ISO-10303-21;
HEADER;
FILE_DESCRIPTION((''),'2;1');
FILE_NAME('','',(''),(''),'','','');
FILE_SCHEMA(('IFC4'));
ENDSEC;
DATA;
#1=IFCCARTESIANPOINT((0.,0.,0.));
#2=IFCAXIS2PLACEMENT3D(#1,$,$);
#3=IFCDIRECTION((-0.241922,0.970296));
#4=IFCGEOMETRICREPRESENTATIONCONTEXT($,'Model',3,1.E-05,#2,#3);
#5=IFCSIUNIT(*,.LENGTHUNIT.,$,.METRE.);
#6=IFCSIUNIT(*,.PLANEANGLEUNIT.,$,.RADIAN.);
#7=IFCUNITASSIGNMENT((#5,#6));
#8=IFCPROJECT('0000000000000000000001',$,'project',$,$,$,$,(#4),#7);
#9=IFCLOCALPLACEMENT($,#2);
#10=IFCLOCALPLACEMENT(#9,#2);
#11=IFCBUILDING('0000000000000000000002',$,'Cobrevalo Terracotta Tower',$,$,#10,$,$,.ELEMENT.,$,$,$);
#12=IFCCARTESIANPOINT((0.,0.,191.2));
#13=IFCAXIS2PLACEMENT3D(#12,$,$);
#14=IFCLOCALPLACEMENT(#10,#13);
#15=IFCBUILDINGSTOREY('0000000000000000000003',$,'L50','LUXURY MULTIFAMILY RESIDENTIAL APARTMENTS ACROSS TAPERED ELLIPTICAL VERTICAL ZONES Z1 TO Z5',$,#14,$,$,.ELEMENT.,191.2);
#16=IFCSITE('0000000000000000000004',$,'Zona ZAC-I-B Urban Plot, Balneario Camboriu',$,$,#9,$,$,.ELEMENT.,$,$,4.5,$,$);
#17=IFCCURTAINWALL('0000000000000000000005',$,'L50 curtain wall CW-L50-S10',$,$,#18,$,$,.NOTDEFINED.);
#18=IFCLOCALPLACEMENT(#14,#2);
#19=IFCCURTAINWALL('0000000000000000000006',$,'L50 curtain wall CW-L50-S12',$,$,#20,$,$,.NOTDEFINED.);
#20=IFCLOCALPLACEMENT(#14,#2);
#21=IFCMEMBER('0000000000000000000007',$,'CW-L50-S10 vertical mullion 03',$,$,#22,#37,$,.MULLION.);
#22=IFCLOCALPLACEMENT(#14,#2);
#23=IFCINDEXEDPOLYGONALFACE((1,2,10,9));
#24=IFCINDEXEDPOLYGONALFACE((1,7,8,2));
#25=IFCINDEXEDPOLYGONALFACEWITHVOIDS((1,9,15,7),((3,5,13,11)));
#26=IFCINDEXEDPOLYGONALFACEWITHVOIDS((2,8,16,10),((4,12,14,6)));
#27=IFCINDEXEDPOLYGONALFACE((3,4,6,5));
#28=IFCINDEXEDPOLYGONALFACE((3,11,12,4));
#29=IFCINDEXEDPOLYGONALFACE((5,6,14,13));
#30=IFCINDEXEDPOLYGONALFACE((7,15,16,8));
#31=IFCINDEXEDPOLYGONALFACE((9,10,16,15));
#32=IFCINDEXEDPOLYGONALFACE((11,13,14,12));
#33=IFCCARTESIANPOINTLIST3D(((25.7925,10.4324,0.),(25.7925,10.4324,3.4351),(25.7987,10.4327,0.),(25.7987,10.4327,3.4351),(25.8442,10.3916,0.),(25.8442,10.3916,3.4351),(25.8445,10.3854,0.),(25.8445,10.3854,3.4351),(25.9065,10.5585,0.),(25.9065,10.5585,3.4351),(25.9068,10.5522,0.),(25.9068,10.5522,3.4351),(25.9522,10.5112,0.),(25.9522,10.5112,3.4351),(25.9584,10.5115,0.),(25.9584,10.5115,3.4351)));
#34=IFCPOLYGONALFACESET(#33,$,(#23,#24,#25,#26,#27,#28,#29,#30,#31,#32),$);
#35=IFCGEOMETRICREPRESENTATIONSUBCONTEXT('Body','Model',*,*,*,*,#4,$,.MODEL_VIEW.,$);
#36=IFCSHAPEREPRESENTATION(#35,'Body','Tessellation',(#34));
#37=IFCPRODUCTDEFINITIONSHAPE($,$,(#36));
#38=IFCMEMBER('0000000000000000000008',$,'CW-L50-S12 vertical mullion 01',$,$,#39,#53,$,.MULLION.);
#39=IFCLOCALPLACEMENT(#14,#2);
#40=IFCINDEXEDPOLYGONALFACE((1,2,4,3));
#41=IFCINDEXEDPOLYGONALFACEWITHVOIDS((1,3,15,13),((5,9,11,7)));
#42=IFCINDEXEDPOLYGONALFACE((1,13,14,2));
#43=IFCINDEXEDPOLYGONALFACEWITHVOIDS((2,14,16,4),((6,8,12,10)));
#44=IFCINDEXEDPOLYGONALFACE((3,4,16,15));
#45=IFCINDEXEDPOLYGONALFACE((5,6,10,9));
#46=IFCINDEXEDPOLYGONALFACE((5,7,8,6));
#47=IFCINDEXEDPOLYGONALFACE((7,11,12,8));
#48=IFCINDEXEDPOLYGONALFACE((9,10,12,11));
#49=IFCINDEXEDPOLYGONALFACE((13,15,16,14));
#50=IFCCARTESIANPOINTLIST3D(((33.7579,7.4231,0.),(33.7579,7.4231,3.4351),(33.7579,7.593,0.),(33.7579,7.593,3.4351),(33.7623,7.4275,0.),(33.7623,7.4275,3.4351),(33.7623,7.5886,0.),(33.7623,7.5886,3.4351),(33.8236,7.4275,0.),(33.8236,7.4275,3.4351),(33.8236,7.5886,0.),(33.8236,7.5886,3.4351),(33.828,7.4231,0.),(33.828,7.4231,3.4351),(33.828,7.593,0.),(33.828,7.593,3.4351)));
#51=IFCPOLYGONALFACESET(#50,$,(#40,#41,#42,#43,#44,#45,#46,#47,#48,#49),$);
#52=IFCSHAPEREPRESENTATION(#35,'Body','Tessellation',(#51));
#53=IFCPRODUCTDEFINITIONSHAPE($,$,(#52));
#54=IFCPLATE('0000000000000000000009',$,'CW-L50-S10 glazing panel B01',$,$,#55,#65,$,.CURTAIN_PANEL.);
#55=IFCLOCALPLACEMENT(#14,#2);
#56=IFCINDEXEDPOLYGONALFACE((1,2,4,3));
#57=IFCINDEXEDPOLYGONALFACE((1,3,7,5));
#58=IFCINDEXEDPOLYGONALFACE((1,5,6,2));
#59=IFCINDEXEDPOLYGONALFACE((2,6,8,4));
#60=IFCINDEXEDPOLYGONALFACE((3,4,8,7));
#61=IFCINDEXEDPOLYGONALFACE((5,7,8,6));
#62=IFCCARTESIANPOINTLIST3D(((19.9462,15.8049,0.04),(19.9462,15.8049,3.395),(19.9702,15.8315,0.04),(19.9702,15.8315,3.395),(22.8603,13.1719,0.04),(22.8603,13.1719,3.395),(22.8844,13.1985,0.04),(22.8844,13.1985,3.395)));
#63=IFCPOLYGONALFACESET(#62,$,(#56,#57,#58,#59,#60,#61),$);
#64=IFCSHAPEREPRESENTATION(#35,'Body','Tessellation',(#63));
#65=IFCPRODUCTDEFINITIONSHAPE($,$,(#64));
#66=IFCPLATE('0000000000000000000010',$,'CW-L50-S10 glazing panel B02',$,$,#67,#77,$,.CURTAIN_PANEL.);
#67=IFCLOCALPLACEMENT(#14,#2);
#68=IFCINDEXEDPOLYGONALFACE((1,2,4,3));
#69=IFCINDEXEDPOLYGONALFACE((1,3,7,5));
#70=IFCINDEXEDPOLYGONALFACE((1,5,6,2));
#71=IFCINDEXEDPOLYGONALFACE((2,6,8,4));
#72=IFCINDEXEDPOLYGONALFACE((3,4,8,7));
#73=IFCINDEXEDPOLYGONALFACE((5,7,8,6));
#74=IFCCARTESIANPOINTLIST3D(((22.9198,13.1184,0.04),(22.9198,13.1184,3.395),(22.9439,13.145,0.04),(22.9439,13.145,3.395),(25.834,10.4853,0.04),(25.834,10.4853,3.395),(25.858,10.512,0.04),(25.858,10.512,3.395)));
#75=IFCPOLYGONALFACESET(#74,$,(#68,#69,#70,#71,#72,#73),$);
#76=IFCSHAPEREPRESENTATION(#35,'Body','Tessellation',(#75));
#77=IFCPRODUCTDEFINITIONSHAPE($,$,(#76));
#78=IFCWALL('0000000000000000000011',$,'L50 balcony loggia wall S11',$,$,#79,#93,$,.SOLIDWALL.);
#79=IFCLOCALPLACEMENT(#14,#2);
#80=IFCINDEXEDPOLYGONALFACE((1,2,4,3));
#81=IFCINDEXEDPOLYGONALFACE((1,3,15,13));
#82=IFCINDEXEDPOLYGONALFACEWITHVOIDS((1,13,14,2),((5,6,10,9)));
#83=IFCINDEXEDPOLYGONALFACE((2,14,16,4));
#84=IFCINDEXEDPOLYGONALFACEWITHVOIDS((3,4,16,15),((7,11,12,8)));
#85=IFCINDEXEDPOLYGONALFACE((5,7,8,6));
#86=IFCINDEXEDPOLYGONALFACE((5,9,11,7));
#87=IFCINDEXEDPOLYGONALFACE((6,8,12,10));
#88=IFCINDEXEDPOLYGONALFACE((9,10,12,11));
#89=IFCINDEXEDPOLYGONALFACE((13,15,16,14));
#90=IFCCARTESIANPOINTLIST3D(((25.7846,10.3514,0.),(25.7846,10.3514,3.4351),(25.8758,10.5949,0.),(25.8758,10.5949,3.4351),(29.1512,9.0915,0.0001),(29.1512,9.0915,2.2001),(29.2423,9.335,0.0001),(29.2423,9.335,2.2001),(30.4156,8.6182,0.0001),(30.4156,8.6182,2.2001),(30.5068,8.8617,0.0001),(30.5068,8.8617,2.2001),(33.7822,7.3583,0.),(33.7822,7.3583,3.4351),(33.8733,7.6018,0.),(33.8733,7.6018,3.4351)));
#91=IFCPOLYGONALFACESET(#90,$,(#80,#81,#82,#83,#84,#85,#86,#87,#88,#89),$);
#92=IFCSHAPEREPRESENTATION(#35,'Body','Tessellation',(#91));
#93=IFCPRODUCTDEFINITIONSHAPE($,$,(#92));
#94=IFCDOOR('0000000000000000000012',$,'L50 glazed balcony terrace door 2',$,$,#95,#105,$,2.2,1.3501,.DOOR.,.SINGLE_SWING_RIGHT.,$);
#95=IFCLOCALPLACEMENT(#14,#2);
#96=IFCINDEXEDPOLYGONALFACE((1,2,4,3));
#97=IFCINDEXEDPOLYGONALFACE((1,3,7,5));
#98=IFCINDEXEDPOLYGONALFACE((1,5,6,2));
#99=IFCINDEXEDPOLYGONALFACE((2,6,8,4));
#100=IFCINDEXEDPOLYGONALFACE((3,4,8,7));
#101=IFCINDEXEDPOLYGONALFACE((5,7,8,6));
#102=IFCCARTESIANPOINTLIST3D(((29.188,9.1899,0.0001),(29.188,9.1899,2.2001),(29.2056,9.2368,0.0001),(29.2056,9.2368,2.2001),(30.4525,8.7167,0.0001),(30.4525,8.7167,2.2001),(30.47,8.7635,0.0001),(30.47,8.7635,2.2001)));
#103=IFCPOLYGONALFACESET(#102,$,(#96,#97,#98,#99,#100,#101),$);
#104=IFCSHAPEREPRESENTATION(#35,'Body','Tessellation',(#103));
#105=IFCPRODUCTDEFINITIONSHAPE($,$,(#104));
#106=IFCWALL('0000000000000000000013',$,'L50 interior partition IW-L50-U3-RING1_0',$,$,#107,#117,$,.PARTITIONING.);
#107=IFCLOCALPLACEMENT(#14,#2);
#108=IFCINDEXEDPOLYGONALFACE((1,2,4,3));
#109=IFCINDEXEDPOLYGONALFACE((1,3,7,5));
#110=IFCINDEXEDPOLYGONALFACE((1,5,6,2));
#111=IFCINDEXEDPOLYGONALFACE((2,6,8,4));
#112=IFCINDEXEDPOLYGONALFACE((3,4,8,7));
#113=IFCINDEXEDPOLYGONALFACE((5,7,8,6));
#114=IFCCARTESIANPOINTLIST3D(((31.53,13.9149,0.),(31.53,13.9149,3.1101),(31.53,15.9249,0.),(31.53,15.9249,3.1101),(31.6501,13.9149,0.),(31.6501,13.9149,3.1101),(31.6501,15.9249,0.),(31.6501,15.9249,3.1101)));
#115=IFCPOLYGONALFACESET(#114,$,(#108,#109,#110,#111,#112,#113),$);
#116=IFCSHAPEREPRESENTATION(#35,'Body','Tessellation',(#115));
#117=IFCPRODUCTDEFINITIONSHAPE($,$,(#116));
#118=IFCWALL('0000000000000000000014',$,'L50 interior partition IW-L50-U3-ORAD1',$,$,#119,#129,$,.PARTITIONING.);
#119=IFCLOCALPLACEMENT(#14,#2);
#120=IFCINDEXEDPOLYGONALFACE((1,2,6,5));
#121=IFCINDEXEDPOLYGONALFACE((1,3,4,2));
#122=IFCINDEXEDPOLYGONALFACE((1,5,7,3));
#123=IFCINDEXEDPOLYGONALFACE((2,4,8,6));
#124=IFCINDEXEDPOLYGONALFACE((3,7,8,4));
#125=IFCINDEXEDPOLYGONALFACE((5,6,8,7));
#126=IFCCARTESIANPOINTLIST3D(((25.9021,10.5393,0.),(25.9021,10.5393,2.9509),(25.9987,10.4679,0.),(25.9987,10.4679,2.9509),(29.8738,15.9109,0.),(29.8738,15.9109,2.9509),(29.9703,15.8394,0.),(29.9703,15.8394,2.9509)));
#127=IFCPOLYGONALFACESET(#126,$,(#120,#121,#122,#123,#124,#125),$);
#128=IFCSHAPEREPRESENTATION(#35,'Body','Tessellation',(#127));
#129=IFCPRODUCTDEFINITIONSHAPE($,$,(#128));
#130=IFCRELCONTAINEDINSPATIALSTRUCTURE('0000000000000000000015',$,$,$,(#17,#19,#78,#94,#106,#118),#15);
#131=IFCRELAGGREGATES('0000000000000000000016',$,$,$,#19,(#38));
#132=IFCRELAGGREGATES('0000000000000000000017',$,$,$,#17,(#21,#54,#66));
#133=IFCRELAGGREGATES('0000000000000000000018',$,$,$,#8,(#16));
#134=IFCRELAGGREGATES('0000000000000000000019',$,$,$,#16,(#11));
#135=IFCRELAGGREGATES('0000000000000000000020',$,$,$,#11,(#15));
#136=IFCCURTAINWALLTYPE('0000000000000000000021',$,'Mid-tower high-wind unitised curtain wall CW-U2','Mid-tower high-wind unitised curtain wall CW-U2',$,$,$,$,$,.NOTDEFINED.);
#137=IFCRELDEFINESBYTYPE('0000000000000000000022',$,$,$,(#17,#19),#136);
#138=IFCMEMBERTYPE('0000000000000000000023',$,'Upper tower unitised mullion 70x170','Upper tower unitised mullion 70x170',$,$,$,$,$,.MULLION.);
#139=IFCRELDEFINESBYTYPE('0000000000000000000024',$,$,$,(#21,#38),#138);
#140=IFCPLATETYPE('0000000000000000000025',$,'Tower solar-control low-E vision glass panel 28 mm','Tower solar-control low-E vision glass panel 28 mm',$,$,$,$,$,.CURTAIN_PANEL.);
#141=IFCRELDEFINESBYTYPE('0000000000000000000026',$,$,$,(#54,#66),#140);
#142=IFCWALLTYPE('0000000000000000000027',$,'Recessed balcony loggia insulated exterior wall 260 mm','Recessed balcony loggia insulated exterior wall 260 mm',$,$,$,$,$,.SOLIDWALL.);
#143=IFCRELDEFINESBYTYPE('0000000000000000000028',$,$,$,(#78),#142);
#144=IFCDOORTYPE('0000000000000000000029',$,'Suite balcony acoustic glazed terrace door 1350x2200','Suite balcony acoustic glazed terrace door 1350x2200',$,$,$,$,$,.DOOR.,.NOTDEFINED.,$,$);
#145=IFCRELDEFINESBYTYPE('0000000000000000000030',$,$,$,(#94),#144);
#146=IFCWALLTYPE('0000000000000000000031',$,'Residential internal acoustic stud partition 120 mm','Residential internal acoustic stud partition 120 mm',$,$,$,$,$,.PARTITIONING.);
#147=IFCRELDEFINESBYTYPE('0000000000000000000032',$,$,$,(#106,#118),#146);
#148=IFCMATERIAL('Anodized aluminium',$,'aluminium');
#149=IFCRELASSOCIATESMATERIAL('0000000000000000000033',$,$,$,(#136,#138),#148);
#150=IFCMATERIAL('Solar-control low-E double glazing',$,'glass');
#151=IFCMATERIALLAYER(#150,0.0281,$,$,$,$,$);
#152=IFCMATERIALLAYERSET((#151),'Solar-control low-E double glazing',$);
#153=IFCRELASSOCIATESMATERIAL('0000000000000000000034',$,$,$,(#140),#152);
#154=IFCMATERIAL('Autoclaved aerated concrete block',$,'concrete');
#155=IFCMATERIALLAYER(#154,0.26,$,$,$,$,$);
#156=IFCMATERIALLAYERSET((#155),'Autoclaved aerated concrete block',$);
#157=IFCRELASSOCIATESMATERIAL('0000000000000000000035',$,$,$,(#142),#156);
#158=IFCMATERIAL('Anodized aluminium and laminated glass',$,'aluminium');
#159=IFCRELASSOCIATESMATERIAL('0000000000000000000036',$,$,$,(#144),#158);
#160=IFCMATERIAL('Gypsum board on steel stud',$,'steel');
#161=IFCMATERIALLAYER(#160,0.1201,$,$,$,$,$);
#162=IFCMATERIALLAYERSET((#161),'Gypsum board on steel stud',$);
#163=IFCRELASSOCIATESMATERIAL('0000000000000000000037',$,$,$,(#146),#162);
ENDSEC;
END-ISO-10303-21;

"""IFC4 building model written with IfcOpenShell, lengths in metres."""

from ifc_helpers import new_model, si_unit, direction, frame, frame_2d, origin, origin_2d, place, context, subcontext, project, spatial, rectangle, hollow_rectangle, extrude, source, transform, mapped, material, layer, layer_set, material_profile, profile_set, type_object, element, fill, aggregate, save


model = new_model("IFC4")

# Units and contexts
model_context = context("Model", 3, precision=1e-05, world=origin(), true_north=direction((-0.241922, 0.970296)))
body_context = subcontext(model_context, "Body", "Model", "MODEL_VIEW")
ifc_project = project(units=[si_unit("LENGTHUNIT", "METRE"), si_unit("PLANEANGLEUNIT", "RADIAN")], contexts=[model_context])

# Site, building, storey
site_placement = place(None, origin())
site = spatial("IfcSite", under=ifc_project, at=site_placement, Name="Zona ZAC-I-B Urban Plot, Balneario Camboriu", CompositionType="ELEMENT", RefElevation=4.5)
building_placement = place(site_placement, origin())
building = spatial("IfcBuilding", under=site, at=building_placement, Name="Cobrevalo Terracotta Tower", CompositionType="ELEMENT")
storey_placement = place(building_placement, frame((0.0, 0.0, 191.2)))
storey = spatial("IfcBuildingStorey", under=building, at=storey_placement, Name="L50", Description="LUXURY MULTIFAMILY RESIDENTIAL APARTMENTS ACROSS TAPERED ELLIPTICAL VERTICAL ZONES Z1 TO Z5", CompositionType="ELEMENT", Elevation=191.2)

# Curtain walls
ifc_material_1 = material(Name="Anodized aluminium", Category="aluminium")
curtain_wall_type = type_object("IfcCurtainWallType", Name="Mid-tower high-wind unitised curtain wall CW-U2", Description="Mid-tower high-wind unitised curtain wall CW-U2", PredefinedType="NOTDEFINED", material=ifc_material_1)
curtain_wall_1_placement = place(storey_placement, origin())
curtain_wall_1 = element("IfcCurtainWall", 1, at=curtain_wall_1_placement, inside=storey, type_object=curtain_wall_type, Name="L50 curtain wall CW-L50-S10", PredefinedType="NOTDEFINED")
curtain_wall_2_placement = place(storey_placement, origin())
curtain_wall_2 = element("IfcCurtainWall", 2, at=curtain_wall_2_placement, inside=storey, type_object=curtain_wall_type, Name="L50 curtain wall CW-L50-S12", PredefinedType="NOTDEFINED")

# Members
ifc_material_profile_1 = material_profile(ifc_material_1, hollow_rectangle(XDim=0.0701, YDim=0.1699, WallThickness=0.0044, at=origin_2d()), Name="CWM 70x170")
ifc_profile_set_1 = profile_set([ifc_material_profile_1], Name="Anodized aluminium")
member_type_1 = type_object("IfcMemberType", Name="Upper tower unitised mullion 70x170", Description="Upper tower unitised mullion 70x170", PredefinedType="MULLION", material=ifc_profile_set_1)
shared_shape_1 = source(origin(), body_context, "Body", "SweptSolid", [
    extrude(hollow_rectangle(XDim=0.0701, YDim=0.1699, WallThickness=0.0044, at=origin_2d()), origin(), (0.0, 0.0, 1.0), 3.4351),
])
member_1_placement = place(storey_placement, frame((25.8755, 10.4719, 0.0), z_axis=(0.0, 0.0, 1.0), x_axis=(0.741988, -0.670414, 0.0)))
member_1 = element("IfcMember", 3, at=member_1_placement, type_object=member_type_1, Name="CW-L50-S10 vertical mullion 03", PredefinedType="MULLION", context=body_context, shape_type="MappedRepresentation", body=[
    mapped(shared_shape_1, transform((0.0, 0.0, 0.0), scale=1.0)),
])
member_2_placement = place(storey_placement, frame((33.793, 7.5081, 0.0), z_axis=(0.0, 0.0, 1.0), x_axis=(1.0, 0.0, 0.0)))
member_2 = element("IfcMember", 4, at=member_2_placement, type_object=member_type_1, Name="CW-L50-S12 vertical mullion 01", PredefinedType="MULLION", context=body_context, shape_type="MappedRepresentation", body=[
    mapped(shared_shape_1, transform((0.0, 0.0, 0.0), scale=1.0)),
])
aggregate(curtain_wall_2, [member_2])

# Plates
ifc_material_2 = material(Name="Solar-control low-E double glazing", Category="glass")
ifc_layer_1 = layer(ifc_material_2, 0.0281)
ifc_layer_set_1 = layer_set([ifc_layer_1], Name="Solar-control low-E double glazing")
plate_type = type_object("IfcPlateType", Name="Tower solar-control low-E vision glass panel 28 mm", Description="Tower solar-control low-E vision glass panel 28 mm", PredefinedType="CURTAIN_PANEL", material=ifc_layer_set_1)
shared_shape_2 = source(origin(), body_context, "Body", "SweptSolid", [
    extrude(rectangle(XDim=3.9275, YDim=0.0359, at=origin_2d()), origin(), (0.0, 0.0, 1.0), 3.355),
])
plate_1_placement = place(storey_placement, frame((21.4153, 14.5017, 0.04), z_axis=(0.0, 0.0, 1.0), x_axis=(0.741988, -0.670414, 0.0)))
plate_1 = element("IfcPlate", 5, at=plate_1_placement, type_object=plate_type, Name="CW-L50-S10 glazing panel B01", PredefinedType="CURTAIN_PANEL", context=body_context, shape_type="MappedRepresentation", body=[
    mapped(shared_shape_2, transform((0.0, 0.0, 0.0), scale=1.0)),
])
plate_2_placement = place(storey_placement, frame((24.3889, 11.8152, 0.04), z_axis=(0.0, 0.0, 1.0), x_axis=(0.741988, -0.670414, 0.0)))
plate_2 = element("IfcPlate", 6, at=plate_2_placement, type_object=plate_type, Name="CW-L50-S10 glazing panel B02", PredefinedType="CURTAIN_PANEL", context=body_context, shape_type="MappedRepresentation", body=[
    mapped(shared_shape_2, transform((0.0, 0.0, 0.0), scale=1.0)),
])
aggregate(curtain_wall_1, [member_1, plate_1, plate_2])

# Wall, opening, door
ifc_material_3 = material(Name="Autoclaved aerated concrete block", Category="concrete")
ifc_layer_2 = layer(ifc_material_3, 0.26)
ifc_layer_set_2 = layer_set([ifc_layer_2], Name="Autoclaved aerated concrete block")
wall_type_1 = type_object("IfcWallType", Name="Recessed balcony loggia insulated exterior wall 260 mm", Description="Recessed balcony loggia insulated exterior wall 260 mm", PredefinedType="SOLIDWALL", material=ifc_layer_set_2)
wall_1_placement = place(storey_placement, frame((25.8303, 10.4731, 0.0), z_axis=(0.0, 0.0, 1.0), x_axis=(0.936557, -0.350516, 0.0)))
wall_1 = element("IfcWall", 7, at=wall_1_placement, inside=storey, type_object=wall_type_1, Name="L50 balcony loggia wall S11", PredefinedType="SOLIDWALL", context=body_context, shape_type="SweptSolid", body=[
    extrude(rectangle(XDim=8.5393, YDim=0.26, at=frame_2d((4.2695, 0.0))), origin(), (0.0, 0.0, 1.0), 3.4351),
])
opening_placement = place(wall_1_placement, frame((3.5945, 0.0, 0.0)))
opening = element("IfcOpeningElement", 8, at=opening_placement, cuts=wall_1, PredefinedType="OPENING", context=body_context, shape_type="SweptSolid", body=[
    extrude(rectangle(XDim=1.3501, YDim=2.2, at=frame_2d((0.675, 1.1001))), frame((0.0, 0.1401, 0.0), z_axis=(0.0, -1.0, 0.0), x_axis=(1.0, 0.0, 0.0)), (0.0, 0.0, 1.0), 0.28),
])
ifc_material_4 = material(Name="Anodized aluminium and laminated glass", Category="aluminium")
door_type = type_object("IfcDoorType", Name="Suite balcony acoustic glazed terrace door 1350x2200", Description="Suite balcony acoustic glazed terrace door 1350x2200", OperationType="NOTDEFINED", PredefinedType="DOOR", material=ifc_material_4)
shared_shape_3 = source(origin(), body_context, "Body", "SweptSolid", [
    extrude(rectangle(XDim=1.3501, YDim=2.2, at=frame_2d((0.675, 1.1001))), frame((0.0, 0.0249, 0.0), z_axis=(0.0, -1.0, 0.0), x_axis=(1.0, 0.0, 0.0)), (0.0, 0.0, 1.0), 0.05),
])
door_placement = place(opening_placement, frame((1.3501, 0.0, 0.0), z_axis=(0.0, 0.0, 1.0), x_axis=(-1.0, 0.0, 0.0)))
door = element("IfcDoor", 9, at=door_placement, inside=storey, type_object=door_type, Name="L50 glazed balcony terrace door 2", OperationType="SINGLE_SWING_RIGHT", OverallHeight=2.2, OverallWidth=1.3501, PredefinedType="DOOR", context=body_context, shape_type="MappedRepresentation", body=[
    mapped(shared_shape_3, transform((0.0, 0.0, 0.0), scale=1.0)),
])
fill(opening, door)

# Walls
ifc_material_5 = material(Name="Gypsum board on steel stud", Category="steel")
ifc_layer_3 = layer(ifc_material_5, 0.1201)
ifc_layer_set_3 = layer_set([ifc_layer_3], Name="Gypsum board on steel stud")
wall_type_2 = type_object("IfcWallType", Name="Residential internal acoustic stud partition 120 mm", Description="Residential internal acoustic stud partition 120 mm", PredefinedType="PARTITIONING", material=ifc_layer_set_3)
wall_2_placement = place(storey_placement, frame((31.5901, 13.915, 0.0), z_axis=(0.0, 0.0, 1.0), x_axis=(0.0, 1.0, 0.0)))
element("IfcWall", 10, at=wall_2_placement, inside=storey, type_object=wall_type_2, Name="L50 interior partition IW-L50-U3-RING1_0", PredefinedType="PARTITIONING", context=body_context, shape_type="SweptSolid", body=[
    extrude(rectangle(XDim=2.01, YDim=0.1201, at=frame_2d((1.0049, 0.0))), origin(), (0.0, 0.0, 1.0), 3.1101),
])
wall_3_placement = place(storey_placement, frame((29.9221, 15.8752, 0.0), z_axis=(0.0, 0.0, 1.0), x_axis=(-0.594525, -0.804077, 0.0)))
element("IfcWall", 11, at=wall_3_placement, inside=storey, type_object=wall_type_2, Name="L50 interior partition IW-L50-U3-ORAD1", PredefinedType="PARTITIONING", context=body_context, shape_type="SweptSolid", body=[
    extrude(rectangle(XDim=6.6804, YDim=0.1201, at=frame_2d((3.3403, 0.0))), origin(), (0.0, 0.0, 1.0), 2.9509),
])

save(model, "model.ifc")
